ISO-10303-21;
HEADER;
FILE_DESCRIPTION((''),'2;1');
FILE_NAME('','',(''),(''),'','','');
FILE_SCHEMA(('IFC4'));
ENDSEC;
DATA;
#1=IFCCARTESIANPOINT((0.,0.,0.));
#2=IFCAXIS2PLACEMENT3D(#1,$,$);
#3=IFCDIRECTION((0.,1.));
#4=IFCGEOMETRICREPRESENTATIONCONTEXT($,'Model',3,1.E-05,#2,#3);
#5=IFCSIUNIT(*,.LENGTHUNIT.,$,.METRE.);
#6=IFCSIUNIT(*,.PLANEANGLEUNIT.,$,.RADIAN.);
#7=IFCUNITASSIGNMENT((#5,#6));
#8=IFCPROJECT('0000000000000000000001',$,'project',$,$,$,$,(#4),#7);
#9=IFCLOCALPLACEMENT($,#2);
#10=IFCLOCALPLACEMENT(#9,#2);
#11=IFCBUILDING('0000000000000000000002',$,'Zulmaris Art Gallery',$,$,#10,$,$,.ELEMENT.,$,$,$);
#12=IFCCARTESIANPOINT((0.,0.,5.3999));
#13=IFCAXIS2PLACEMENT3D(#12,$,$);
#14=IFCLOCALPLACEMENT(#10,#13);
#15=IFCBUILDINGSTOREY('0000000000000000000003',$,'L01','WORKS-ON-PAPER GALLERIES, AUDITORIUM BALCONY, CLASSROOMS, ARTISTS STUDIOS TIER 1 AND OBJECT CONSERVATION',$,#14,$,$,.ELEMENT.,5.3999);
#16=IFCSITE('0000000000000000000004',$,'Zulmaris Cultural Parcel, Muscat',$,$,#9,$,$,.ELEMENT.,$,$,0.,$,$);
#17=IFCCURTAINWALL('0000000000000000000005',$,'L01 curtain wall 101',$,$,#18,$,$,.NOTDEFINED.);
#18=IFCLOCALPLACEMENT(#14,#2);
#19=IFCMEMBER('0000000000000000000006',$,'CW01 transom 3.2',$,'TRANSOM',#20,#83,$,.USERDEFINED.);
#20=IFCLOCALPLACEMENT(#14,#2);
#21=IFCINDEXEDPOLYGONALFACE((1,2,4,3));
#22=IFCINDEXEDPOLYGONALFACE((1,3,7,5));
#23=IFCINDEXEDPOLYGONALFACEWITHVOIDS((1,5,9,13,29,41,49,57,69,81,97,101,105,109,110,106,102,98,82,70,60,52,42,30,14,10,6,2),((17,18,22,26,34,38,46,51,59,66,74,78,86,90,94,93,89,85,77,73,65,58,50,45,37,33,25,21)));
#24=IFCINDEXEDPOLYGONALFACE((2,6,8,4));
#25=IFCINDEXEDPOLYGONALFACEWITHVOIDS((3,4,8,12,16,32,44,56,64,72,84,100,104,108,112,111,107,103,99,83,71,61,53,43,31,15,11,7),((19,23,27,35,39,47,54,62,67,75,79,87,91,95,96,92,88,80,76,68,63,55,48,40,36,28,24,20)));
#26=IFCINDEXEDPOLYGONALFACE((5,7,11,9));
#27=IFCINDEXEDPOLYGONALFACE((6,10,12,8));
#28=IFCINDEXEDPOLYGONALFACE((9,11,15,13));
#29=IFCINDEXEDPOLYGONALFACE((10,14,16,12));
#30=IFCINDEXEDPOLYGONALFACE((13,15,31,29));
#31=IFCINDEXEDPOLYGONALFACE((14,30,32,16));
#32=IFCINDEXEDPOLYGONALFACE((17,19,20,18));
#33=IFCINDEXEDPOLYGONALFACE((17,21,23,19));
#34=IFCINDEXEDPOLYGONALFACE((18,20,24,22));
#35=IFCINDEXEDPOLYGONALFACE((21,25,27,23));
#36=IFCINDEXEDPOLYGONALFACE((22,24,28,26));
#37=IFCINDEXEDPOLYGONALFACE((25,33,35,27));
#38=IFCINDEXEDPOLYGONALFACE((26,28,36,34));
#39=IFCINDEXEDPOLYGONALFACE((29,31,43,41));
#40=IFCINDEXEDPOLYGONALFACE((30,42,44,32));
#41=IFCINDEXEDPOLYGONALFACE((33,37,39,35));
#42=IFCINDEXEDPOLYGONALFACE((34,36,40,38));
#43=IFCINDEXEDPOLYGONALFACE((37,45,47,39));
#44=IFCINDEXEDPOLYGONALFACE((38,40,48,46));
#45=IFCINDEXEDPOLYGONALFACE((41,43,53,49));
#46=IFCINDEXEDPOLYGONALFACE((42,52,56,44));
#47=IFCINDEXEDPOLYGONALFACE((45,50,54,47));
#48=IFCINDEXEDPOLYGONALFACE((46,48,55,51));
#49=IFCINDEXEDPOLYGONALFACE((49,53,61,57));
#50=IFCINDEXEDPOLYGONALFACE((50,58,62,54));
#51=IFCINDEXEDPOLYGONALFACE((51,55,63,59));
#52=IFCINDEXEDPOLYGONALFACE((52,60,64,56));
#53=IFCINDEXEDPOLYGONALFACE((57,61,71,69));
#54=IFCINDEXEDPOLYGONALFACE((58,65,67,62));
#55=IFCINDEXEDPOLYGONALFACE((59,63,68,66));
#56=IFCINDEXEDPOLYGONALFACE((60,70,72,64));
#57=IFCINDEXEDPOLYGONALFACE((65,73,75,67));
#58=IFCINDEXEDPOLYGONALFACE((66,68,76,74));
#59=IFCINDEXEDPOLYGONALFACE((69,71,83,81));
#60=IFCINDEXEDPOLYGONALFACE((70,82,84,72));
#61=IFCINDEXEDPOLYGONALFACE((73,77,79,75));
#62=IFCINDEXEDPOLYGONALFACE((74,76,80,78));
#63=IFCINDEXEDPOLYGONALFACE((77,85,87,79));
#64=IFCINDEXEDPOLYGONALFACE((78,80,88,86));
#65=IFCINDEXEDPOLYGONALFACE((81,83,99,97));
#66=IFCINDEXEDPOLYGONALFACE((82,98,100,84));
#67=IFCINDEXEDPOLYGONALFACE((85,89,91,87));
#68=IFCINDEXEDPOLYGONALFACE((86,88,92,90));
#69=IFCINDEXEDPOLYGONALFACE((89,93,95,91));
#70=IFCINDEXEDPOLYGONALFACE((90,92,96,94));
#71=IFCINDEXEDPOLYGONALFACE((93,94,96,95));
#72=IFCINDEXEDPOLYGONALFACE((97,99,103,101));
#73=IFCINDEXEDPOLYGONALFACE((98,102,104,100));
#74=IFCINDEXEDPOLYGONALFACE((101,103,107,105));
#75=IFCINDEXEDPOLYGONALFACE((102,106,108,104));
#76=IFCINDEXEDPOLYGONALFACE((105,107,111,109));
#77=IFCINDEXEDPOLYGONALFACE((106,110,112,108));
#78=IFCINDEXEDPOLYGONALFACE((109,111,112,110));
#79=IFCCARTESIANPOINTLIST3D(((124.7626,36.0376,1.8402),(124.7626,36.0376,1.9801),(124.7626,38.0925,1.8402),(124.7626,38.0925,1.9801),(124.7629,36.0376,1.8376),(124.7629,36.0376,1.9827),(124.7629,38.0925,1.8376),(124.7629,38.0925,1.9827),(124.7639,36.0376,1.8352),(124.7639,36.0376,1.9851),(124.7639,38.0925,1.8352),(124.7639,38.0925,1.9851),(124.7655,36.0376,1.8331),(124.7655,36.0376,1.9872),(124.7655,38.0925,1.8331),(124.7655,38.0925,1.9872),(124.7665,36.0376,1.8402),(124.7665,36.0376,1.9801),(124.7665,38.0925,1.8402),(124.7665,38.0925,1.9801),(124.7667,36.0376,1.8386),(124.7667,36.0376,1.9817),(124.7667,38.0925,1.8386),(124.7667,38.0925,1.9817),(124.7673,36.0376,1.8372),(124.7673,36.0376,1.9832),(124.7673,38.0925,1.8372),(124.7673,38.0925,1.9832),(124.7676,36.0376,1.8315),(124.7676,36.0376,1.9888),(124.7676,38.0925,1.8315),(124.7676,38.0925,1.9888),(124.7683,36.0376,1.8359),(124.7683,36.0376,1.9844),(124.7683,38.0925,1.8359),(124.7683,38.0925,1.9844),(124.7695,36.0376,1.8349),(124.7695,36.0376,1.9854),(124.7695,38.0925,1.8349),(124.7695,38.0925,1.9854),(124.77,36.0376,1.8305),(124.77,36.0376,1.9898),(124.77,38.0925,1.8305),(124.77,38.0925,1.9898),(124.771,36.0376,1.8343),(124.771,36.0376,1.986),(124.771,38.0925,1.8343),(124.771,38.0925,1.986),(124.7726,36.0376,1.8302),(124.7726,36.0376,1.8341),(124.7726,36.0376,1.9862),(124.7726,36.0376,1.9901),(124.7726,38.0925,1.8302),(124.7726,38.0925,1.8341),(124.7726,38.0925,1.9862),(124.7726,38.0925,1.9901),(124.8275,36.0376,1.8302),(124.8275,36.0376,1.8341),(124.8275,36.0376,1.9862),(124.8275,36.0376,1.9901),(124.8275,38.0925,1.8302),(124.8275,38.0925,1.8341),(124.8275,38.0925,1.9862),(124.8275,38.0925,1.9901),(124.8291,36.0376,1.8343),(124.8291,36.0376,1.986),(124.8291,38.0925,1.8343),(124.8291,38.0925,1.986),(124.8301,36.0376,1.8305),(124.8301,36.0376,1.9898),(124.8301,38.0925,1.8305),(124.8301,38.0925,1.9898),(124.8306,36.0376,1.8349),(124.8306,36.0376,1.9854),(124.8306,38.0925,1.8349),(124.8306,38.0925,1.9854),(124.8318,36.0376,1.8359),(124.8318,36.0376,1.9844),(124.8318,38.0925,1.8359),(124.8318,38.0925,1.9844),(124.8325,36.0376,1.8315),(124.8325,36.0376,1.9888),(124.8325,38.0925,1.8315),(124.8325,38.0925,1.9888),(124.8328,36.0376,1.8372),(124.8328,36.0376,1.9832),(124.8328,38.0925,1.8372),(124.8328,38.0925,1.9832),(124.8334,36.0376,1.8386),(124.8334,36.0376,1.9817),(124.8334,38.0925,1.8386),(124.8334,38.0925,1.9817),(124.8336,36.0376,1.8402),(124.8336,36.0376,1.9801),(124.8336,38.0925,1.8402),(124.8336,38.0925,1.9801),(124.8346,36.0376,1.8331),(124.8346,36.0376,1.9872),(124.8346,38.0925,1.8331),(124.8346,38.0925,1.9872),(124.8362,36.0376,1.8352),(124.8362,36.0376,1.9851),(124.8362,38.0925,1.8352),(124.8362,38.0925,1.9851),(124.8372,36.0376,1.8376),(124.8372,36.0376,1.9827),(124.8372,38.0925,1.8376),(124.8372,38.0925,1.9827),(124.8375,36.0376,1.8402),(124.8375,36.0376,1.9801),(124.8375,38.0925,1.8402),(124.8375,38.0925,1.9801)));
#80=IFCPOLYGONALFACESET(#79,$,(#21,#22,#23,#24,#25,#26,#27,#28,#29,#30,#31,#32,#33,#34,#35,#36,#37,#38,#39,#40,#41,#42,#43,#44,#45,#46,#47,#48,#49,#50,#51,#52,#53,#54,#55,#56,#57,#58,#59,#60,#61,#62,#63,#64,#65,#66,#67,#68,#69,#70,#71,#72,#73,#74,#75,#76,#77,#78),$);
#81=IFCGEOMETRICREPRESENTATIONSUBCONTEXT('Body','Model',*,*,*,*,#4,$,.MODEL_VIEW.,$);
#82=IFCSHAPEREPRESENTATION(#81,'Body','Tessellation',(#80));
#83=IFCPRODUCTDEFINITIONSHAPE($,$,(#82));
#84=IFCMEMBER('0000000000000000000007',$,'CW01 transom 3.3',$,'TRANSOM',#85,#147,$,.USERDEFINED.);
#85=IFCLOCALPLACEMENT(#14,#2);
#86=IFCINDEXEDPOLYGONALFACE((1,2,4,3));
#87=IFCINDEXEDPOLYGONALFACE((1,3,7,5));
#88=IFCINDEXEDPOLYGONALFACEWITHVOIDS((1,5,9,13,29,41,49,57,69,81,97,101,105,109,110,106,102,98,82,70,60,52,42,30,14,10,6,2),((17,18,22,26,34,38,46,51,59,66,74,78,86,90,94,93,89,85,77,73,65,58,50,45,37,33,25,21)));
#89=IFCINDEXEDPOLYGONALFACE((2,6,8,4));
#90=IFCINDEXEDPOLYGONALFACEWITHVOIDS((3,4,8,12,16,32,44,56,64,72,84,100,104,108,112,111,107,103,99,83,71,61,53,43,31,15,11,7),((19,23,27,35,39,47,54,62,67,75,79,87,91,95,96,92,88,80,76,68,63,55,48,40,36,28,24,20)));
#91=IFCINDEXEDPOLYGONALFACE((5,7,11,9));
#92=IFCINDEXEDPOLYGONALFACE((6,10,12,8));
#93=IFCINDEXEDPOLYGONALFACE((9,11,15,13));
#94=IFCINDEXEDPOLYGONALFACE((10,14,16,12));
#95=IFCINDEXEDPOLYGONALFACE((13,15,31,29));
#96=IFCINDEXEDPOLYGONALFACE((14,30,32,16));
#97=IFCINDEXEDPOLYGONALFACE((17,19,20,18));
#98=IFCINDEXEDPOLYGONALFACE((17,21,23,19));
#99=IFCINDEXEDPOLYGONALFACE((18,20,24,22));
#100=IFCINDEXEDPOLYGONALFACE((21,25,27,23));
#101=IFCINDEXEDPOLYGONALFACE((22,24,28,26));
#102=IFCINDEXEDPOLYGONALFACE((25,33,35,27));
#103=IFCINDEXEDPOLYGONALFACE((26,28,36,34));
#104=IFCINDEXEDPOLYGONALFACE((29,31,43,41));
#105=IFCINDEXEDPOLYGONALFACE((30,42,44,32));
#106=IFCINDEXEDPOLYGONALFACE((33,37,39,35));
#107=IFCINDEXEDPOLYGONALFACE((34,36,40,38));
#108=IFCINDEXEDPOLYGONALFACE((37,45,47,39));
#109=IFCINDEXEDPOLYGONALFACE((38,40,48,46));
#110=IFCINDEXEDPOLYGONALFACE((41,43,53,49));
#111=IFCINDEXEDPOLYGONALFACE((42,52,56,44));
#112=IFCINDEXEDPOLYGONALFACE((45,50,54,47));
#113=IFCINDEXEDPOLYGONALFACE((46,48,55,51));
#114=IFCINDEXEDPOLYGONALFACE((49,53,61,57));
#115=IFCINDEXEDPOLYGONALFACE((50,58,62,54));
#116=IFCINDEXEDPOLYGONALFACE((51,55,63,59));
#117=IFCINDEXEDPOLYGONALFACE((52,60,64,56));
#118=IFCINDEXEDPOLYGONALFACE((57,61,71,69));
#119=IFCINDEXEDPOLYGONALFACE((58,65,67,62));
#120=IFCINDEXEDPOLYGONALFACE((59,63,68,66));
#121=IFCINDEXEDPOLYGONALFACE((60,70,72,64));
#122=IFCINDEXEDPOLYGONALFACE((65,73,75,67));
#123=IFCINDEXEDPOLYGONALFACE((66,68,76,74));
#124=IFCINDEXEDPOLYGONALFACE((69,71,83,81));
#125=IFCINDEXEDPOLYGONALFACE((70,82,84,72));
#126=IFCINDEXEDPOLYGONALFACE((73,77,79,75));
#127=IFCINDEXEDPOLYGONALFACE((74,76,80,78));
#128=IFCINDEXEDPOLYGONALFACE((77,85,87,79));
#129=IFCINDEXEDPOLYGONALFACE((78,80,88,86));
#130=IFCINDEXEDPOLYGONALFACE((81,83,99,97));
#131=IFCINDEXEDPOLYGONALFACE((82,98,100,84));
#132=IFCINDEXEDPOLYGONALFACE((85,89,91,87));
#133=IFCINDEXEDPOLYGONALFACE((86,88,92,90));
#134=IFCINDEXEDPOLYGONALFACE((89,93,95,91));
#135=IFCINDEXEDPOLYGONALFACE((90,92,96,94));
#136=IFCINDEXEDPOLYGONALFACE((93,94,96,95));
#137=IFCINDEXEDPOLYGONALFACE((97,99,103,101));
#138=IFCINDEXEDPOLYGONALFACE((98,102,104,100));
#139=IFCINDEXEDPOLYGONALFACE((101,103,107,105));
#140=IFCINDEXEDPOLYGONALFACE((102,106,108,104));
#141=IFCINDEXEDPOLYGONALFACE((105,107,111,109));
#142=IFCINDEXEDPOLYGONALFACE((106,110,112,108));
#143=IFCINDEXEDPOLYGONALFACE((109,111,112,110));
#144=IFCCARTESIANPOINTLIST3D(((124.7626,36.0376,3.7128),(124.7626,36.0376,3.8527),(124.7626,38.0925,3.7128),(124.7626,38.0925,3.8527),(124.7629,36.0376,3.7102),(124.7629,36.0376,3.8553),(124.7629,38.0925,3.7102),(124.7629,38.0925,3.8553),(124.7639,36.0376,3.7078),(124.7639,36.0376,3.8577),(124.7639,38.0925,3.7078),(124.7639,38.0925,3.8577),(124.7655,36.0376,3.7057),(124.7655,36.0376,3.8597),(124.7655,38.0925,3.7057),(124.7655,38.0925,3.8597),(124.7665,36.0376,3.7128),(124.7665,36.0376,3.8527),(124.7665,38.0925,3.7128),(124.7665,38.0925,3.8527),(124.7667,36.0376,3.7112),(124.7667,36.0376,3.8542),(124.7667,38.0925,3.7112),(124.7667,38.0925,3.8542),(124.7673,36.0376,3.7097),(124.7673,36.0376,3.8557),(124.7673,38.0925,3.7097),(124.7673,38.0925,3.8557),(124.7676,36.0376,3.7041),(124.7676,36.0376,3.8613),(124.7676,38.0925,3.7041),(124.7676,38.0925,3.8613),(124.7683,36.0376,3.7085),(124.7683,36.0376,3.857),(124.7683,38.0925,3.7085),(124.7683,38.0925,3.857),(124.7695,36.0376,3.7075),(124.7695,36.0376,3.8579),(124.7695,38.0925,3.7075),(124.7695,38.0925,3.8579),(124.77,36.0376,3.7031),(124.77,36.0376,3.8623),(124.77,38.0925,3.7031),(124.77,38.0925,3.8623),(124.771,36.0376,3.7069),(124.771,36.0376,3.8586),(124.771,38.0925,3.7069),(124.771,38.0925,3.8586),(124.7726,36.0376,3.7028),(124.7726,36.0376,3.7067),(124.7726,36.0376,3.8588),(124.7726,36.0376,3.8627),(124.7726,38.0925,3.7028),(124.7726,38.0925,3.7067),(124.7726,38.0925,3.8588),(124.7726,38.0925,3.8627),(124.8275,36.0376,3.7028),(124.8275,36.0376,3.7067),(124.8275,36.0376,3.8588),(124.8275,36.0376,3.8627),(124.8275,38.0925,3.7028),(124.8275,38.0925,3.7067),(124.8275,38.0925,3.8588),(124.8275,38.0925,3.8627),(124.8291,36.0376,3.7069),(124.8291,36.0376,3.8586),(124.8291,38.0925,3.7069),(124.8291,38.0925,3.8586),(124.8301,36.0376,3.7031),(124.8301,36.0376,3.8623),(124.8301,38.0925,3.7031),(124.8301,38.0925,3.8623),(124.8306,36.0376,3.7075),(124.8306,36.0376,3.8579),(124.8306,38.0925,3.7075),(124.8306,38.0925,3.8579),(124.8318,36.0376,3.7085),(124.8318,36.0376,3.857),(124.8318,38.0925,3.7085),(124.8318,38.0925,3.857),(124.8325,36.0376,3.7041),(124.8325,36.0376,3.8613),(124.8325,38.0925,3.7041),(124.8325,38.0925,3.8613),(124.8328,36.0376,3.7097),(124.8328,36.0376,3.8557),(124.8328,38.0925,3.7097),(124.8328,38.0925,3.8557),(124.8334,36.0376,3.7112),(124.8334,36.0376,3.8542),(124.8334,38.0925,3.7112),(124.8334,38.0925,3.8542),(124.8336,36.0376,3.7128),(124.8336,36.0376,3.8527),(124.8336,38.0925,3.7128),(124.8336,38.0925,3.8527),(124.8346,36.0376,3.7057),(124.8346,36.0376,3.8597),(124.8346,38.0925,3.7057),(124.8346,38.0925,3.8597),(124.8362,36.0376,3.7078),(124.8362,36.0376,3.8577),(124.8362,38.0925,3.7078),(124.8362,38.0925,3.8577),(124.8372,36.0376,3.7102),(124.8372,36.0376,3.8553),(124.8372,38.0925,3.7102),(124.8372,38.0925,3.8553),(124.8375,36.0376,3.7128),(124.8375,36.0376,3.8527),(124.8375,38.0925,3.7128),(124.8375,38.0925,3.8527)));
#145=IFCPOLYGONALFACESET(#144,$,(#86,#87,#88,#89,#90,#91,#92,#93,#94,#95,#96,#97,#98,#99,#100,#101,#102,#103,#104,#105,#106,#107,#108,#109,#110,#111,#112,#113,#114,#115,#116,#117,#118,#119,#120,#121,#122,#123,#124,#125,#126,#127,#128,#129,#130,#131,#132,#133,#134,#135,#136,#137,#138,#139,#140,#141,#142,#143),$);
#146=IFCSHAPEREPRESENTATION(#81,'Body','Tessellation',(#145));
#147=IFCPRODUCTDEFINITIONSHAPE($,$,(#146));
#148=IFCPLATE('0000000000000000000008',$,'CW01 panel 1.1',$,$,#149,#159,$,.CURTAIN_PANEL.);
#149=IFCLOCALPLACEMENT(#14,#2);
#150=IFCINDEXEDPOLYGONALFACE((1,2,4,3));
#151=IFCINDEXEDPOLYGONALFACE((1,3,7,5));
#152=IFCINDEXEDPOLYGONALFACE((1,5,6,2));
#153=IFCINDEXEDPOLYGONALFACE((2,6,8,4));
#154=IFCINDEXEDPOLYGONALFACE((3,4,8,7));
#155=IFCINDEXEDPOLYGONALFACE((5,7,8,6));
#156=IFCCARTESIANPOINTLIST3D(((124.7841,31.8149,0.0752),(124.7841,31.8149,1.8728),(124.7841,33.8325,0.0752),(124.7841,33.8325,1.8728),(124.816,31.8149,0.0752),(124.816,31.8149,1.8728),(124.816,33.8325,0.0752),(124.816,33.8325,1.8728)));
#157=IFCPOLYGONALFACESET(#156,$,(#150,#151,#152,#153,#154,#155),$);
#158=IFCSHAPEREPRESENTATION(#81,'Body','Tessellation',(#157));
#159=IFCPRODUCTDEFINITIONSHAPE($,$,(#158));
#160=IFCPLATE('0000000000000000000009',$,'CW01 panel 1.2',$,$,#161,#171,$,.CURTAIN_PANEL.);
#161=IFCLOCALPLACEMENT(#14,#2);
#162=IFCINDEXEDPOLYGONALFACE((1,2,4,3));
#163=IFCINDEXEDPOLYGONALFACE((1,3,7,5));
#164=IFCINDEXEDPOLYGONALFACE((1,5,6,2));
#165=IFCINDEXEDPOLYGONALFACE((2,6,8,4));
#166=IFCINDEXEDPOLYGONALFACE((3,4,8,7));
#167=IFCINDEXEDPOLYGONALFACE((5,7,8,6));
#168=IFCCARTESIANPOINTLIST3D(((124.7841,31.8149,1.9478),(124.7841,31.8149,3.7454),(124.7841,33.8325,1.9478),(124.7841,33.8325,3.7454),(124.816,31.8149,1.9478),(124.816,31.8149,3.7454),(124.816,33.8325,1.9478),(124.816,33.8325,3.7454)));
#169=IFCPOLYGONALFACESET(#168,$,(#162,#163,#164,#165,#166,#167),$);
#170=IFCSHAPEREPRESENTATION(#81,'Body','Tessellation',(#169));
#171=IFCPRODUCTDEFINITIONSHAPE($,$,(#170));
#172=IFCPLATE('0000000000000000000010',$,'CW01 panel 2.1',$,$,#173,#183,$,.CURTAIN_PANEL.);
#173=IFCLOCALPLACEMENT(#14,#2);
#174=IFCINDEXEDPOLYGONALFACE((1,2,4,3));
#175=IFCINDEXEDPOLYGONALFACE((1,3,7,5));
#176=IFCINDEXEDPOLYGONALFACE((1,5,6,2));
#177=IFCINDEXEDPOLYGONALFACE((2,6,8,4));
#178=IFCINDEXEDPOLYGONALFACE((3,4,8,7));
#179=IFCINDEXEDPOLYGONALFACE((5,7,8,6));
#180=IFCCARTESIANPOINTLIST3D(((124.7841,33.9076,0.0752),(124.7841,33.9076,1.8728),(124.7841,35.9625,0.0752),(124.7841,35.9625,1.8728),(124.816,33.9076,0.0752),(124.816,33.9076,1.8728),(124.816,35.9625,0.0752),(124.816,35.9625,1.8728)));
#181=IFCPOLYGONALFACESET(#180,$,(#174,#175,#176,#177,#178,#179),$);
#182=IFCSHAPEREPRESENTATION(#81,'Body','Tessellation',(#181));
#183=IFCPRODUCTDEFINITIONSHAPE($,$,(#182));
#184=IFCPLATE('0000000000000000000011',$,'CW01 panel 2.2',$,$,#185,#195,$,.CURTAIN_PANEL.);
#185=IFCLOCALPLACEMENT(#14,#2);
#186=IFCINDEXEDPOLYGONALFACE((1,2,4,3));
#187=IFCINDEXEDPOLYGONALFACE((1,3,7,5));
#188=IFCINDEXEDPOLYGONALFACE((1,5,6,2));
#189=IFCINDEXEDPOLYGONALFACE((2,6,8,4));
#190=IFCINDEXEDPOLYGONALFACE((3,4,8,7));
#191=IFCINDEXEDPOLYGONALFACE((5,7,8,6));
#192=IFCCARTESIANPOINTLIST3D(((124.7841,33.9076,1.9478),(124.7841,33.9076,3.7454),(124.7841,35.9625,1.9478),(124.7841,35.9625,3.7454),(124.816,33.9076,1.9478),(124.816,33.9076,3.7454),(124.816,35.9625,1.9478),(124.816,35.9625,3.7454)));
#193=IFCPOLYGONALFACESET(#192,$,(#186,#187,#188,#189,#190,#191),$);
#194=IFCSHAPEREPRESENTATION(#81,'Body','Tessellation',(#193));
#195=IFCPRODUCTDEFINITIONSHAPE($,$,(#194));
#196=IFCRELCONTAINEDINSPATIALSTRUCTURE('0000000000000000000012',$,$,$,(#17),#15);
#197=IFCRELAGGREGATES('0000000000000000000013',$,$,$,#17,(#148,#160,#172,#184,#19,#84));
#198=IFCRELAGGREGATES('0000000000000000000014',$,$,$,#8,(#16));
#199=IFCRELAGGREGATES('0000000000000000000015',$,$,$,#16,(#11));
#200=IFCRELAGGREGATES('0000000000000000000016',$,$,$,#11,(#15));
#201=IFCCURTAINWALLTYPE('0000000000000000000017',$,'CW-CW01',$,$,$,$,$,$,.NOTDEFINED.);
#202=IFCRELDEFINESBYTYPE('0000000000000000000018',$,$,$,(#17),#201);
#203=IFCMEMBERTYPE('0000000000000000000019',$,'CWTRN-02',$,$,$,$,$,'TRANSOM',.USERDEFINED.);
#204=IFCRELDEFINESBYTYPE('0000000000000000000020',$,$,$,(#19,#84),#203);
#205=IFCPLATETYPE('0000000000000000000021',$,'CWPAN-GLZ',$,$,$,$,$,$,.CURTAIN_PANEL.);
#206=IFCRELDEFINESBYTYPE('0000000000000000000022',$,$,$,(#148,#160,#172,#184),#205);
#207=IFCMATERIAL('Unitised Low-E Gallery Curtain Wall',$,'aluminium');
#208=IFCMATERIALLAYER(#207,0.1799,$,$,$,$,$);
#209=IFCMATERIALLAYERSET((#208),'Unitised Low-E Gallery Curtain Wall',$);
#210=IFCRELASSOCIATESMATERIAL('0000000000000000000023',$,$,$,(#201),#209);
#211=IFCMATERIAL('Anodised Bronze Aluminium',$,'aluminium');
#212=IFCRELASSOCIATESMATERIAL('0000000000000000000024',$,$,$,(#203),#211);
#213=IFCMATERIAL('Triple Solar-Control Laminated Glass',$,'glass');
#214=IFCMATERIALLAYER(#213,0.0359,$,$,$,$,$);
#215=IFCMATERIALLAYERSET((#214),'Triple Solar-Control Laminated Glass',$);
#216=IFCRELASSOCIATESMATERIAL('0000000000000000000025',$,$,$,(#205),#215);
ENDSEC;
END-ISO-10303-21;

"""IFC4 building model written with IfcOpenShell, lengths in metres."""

from ifc_helpers import new_model, si_unit, direction, frame, origin, origin_2d, place, context, subcontext, project, spatial, rectangle, hollow_rectangle, extrude, material, layer, layer_set, material_profile, profile_set, type_object, element, aggregate, save


model = new_model("IFC4")

# Units and contexts
model_context = context("Model", 3, precision=1e-05, world=origin(), true_north=direction((0.0, 1.0)))
body_context = subcontext(model_context, "Body", "Model", "MODEL_VIEW")
ifc_project = project(units=[si_unit("LENGTHUNIT", "METRE"), si_unit("PLANEANGLEUNIT", "RADIAN")], contexts=[model_context])

# Site, building, storey
site_placement = place(None, origin())
site = spatial("IfcSite", under=ifc_project, at=site_placement, Name="Zulmaris Cultural Parcel, Muscat", CompositionType="ELEMENT", RefElevation=0.0)
building_placement = place(site_placement, origin())
building = spatial("IfcBuilding", under=site, at=building_placement, Name="Zulmaris Art Gallery", CompositionType="ELEMENT")
storey_placement = place(building_placement, frame((0.0, 0.0, 5.3999)))
storey = spatial("IfcBuildingStorey", under=building, at=storey_placement, Name="L01", Description="WORKS-ON-PAPER GALLERIES, AUDITORIUM BALCONY, CLASSROOMS, ARTISTS STUDIOS TIER 1 AND OBJECT CONSERVATION", CompositionType="ELEMENT", Elevation=5.3999)

# Curtain wall, members, plates
ifc_material_1 = material(Name="Unitised Low-E Gallery Curtain Wall", Category="aluminium")
ifc_layer_1 = layer(ifc_material_1, 0.1799)
ifc_layer_set_1 = layer_set([ifc_layer_1], Name="Unitised Low-E Gallery Curtain Wall")
curtain_wall_type = type_object("IfcCurtainWallType", Name="CW-CW01", PredefinedType="NOTDEFINED", material=ifc_layer_set_1)
curtain_wall_placement = place(storey_placement, origin())
curtain_wall = element("IfcCurtainWall", 1, at=curtain_wall_placement, inside=storey, type_object=curtain_wall_type, Name="L01 curtain wall 101", PredefinedType="NOTDEFINED")
ifc_material_2 = material(Name="Anodised Bronze Aluminium", Category="aluminium")
ifc_material_profile_1 = material_profile(ifc_material_2, hollow_rectangle(XDim=0.075, YDim=0.1599, WallThickness=0.0039, InnerFilletRadius=0.0061, OuterFilletRadius=0.01, at=origin_2d()), Name="ALU 75x160x4")
ifc_profile_set_1 = profile_set([ifc_material_profile_1], Name="Anodised Bronze Aluminium")
member_type_1 = type_object("IfcMemberType", Name="CWTRN-02", ElementType="TRANSOM", PredefinedType="USERDEFINED", material=ifc_profile_set_1)
member_1_placement = place(storey_placement, frame((124.8, 36.0376, 1.9102), z_axis=(0.0, 1.0, 0.0), x_axis=(-1.0, 0.0, 0.0)))
member_1 = element("IfcMember", 2, at=member_1_placement, type_object=member_type_1, Name="CW01 transom 3.2", ObjectType="TRANSOM", PredefinedType="USERDEFINED", context=body_context, shape_type="SweptSolid", body=[
    extrude(hollow_rectangle(XDim=0.075, YDim=0.1599, WallThickness=0.0039, InnerFilletRadius=0.0061, OuterFilletRadius=0.01, at=origin_2d()), origin(), (0.0, 0.0, 1.0), 2.0549),
])
member_2_placement = place(storey_placement, frame((124.8, 36.0376, 3.7827), z_axis=(0.0, 1.0, 0.0), x_axis=(-1.0, 0.0, 0.0)))
member_2 = element("IfcMember", 3, at=member_2_placement, type_object=member_type_1, Name="CW01 transom 3.3", ObjectType="TRANSOM", PredefinedType="USERDEFINED", context=body_context, shape_type="SweptSolid", body=[
    extrude(hollow_rectangle(XDim=0.075, YDim=0.1599, WallThickness=0.0039, InnerFilletRadius=0.0061, OuterFilletRadius=0.01, at=origin_2d()), origin(), (0.0, 0.0, 1.0), 2.0549),
])
ifc_material_3 = material(Name="Triple Solar-Control Laminated Glass", Category="glass")
ifc_layer_2 = layer(ifc_material_3, 0.0359)
ifc_layer_set_2 = layer_set([ifc_layer_2], Name="Triple Solar-Control Laminated Glass")
plate_type = type_object("IfcPlateType", Name="CWPAN-GLZ", PredefinedType="CURTAIN_PANEL", material=ifc_layer_set_2)
plate_1_placement = place(storey_placement, frame((124.8, 32.8237, 0.0752), z_axis=(0.0, 0.0, 1.0), x_axis=(0.0, 1.0, 0.0)))
plate_1 = element("IfcPlate", 4, at=plate_1_placement, type_object=plate_type, Name="CW01 panel 1.1", PredefinedType="CURTAIN_PANEL", context=body_context, shape_type="SweptSolid", body=[
    extrude(rectangle(XDim=2.0176, YDim=0.032, at=origin_2d()), origin(), (0.0, 0.0, 1.0), 1.7976),
])
plate_2_placement = place(storey_placement, frame((124.8, 32.8237, 1.9478), z_axis=(0.0, 0.0, 1.0), x_axis=(0.0, 1.0, 0.0)))
plate_2 = element("IfcPlate", 5, at=plate_2_placement, type_object=plate_type, Name="CW01 panel 1.2", PredefinedType="CURTAIN_PANEL", context=body_context, shape_type="SweptSolid", body=[
    extrude(rectangle(XDim=2.0176, YDim=0.032, at=origin_2d()), origin(), (0.0, 0.0, 1.0), 1.7976),
])
plate_3_placement = place(storey_placement, frame((124.8, 34.9351, 0.0752), z_axis=(0.0, 0.0, 1.0), x_axis=(0.0, 1.0, 0.0)))
plate_3 = element("IfcPlate", 6, at=plate_3_placement, type_object=plate_type, Name="CW01 panel 2.1", PredefinedType="CURTAIN_PANEL", context=body_context, shape_type="SweptSolid", body=[
    extrude(rectangle(XDim=2.0549, YDim=0.032, at=origin_2d()), origin(), (0.0, 0.0, 1.0), 1.7976),
])
plate_4_placement = place(storey_placement, frame((124.8, 34.9351, 1.9478), z_axis=(0.0, 0.0, 1.0), x_axis=(0.0, 1.0, 0.0)))
plate_4 = element("IfcPlate", 7, at=plate_4_placement, type_object=plate_type, Name="CW01 panel 2.2", PredefinedType="CURTAIN_PANEL", context=body_context, shape_type="SweptSolid", body=[
    extrude(rectangle(XDim=2.0549, YDim=0.032, at=origin_2d()), origin(), (0.0, 0.0, 1.0), 1.7976),
])
aggregate(curtain_wall, [plate_1, plate_2, plate_3, plate_4, member_1, member_2])

save(model, "model.ifc")
